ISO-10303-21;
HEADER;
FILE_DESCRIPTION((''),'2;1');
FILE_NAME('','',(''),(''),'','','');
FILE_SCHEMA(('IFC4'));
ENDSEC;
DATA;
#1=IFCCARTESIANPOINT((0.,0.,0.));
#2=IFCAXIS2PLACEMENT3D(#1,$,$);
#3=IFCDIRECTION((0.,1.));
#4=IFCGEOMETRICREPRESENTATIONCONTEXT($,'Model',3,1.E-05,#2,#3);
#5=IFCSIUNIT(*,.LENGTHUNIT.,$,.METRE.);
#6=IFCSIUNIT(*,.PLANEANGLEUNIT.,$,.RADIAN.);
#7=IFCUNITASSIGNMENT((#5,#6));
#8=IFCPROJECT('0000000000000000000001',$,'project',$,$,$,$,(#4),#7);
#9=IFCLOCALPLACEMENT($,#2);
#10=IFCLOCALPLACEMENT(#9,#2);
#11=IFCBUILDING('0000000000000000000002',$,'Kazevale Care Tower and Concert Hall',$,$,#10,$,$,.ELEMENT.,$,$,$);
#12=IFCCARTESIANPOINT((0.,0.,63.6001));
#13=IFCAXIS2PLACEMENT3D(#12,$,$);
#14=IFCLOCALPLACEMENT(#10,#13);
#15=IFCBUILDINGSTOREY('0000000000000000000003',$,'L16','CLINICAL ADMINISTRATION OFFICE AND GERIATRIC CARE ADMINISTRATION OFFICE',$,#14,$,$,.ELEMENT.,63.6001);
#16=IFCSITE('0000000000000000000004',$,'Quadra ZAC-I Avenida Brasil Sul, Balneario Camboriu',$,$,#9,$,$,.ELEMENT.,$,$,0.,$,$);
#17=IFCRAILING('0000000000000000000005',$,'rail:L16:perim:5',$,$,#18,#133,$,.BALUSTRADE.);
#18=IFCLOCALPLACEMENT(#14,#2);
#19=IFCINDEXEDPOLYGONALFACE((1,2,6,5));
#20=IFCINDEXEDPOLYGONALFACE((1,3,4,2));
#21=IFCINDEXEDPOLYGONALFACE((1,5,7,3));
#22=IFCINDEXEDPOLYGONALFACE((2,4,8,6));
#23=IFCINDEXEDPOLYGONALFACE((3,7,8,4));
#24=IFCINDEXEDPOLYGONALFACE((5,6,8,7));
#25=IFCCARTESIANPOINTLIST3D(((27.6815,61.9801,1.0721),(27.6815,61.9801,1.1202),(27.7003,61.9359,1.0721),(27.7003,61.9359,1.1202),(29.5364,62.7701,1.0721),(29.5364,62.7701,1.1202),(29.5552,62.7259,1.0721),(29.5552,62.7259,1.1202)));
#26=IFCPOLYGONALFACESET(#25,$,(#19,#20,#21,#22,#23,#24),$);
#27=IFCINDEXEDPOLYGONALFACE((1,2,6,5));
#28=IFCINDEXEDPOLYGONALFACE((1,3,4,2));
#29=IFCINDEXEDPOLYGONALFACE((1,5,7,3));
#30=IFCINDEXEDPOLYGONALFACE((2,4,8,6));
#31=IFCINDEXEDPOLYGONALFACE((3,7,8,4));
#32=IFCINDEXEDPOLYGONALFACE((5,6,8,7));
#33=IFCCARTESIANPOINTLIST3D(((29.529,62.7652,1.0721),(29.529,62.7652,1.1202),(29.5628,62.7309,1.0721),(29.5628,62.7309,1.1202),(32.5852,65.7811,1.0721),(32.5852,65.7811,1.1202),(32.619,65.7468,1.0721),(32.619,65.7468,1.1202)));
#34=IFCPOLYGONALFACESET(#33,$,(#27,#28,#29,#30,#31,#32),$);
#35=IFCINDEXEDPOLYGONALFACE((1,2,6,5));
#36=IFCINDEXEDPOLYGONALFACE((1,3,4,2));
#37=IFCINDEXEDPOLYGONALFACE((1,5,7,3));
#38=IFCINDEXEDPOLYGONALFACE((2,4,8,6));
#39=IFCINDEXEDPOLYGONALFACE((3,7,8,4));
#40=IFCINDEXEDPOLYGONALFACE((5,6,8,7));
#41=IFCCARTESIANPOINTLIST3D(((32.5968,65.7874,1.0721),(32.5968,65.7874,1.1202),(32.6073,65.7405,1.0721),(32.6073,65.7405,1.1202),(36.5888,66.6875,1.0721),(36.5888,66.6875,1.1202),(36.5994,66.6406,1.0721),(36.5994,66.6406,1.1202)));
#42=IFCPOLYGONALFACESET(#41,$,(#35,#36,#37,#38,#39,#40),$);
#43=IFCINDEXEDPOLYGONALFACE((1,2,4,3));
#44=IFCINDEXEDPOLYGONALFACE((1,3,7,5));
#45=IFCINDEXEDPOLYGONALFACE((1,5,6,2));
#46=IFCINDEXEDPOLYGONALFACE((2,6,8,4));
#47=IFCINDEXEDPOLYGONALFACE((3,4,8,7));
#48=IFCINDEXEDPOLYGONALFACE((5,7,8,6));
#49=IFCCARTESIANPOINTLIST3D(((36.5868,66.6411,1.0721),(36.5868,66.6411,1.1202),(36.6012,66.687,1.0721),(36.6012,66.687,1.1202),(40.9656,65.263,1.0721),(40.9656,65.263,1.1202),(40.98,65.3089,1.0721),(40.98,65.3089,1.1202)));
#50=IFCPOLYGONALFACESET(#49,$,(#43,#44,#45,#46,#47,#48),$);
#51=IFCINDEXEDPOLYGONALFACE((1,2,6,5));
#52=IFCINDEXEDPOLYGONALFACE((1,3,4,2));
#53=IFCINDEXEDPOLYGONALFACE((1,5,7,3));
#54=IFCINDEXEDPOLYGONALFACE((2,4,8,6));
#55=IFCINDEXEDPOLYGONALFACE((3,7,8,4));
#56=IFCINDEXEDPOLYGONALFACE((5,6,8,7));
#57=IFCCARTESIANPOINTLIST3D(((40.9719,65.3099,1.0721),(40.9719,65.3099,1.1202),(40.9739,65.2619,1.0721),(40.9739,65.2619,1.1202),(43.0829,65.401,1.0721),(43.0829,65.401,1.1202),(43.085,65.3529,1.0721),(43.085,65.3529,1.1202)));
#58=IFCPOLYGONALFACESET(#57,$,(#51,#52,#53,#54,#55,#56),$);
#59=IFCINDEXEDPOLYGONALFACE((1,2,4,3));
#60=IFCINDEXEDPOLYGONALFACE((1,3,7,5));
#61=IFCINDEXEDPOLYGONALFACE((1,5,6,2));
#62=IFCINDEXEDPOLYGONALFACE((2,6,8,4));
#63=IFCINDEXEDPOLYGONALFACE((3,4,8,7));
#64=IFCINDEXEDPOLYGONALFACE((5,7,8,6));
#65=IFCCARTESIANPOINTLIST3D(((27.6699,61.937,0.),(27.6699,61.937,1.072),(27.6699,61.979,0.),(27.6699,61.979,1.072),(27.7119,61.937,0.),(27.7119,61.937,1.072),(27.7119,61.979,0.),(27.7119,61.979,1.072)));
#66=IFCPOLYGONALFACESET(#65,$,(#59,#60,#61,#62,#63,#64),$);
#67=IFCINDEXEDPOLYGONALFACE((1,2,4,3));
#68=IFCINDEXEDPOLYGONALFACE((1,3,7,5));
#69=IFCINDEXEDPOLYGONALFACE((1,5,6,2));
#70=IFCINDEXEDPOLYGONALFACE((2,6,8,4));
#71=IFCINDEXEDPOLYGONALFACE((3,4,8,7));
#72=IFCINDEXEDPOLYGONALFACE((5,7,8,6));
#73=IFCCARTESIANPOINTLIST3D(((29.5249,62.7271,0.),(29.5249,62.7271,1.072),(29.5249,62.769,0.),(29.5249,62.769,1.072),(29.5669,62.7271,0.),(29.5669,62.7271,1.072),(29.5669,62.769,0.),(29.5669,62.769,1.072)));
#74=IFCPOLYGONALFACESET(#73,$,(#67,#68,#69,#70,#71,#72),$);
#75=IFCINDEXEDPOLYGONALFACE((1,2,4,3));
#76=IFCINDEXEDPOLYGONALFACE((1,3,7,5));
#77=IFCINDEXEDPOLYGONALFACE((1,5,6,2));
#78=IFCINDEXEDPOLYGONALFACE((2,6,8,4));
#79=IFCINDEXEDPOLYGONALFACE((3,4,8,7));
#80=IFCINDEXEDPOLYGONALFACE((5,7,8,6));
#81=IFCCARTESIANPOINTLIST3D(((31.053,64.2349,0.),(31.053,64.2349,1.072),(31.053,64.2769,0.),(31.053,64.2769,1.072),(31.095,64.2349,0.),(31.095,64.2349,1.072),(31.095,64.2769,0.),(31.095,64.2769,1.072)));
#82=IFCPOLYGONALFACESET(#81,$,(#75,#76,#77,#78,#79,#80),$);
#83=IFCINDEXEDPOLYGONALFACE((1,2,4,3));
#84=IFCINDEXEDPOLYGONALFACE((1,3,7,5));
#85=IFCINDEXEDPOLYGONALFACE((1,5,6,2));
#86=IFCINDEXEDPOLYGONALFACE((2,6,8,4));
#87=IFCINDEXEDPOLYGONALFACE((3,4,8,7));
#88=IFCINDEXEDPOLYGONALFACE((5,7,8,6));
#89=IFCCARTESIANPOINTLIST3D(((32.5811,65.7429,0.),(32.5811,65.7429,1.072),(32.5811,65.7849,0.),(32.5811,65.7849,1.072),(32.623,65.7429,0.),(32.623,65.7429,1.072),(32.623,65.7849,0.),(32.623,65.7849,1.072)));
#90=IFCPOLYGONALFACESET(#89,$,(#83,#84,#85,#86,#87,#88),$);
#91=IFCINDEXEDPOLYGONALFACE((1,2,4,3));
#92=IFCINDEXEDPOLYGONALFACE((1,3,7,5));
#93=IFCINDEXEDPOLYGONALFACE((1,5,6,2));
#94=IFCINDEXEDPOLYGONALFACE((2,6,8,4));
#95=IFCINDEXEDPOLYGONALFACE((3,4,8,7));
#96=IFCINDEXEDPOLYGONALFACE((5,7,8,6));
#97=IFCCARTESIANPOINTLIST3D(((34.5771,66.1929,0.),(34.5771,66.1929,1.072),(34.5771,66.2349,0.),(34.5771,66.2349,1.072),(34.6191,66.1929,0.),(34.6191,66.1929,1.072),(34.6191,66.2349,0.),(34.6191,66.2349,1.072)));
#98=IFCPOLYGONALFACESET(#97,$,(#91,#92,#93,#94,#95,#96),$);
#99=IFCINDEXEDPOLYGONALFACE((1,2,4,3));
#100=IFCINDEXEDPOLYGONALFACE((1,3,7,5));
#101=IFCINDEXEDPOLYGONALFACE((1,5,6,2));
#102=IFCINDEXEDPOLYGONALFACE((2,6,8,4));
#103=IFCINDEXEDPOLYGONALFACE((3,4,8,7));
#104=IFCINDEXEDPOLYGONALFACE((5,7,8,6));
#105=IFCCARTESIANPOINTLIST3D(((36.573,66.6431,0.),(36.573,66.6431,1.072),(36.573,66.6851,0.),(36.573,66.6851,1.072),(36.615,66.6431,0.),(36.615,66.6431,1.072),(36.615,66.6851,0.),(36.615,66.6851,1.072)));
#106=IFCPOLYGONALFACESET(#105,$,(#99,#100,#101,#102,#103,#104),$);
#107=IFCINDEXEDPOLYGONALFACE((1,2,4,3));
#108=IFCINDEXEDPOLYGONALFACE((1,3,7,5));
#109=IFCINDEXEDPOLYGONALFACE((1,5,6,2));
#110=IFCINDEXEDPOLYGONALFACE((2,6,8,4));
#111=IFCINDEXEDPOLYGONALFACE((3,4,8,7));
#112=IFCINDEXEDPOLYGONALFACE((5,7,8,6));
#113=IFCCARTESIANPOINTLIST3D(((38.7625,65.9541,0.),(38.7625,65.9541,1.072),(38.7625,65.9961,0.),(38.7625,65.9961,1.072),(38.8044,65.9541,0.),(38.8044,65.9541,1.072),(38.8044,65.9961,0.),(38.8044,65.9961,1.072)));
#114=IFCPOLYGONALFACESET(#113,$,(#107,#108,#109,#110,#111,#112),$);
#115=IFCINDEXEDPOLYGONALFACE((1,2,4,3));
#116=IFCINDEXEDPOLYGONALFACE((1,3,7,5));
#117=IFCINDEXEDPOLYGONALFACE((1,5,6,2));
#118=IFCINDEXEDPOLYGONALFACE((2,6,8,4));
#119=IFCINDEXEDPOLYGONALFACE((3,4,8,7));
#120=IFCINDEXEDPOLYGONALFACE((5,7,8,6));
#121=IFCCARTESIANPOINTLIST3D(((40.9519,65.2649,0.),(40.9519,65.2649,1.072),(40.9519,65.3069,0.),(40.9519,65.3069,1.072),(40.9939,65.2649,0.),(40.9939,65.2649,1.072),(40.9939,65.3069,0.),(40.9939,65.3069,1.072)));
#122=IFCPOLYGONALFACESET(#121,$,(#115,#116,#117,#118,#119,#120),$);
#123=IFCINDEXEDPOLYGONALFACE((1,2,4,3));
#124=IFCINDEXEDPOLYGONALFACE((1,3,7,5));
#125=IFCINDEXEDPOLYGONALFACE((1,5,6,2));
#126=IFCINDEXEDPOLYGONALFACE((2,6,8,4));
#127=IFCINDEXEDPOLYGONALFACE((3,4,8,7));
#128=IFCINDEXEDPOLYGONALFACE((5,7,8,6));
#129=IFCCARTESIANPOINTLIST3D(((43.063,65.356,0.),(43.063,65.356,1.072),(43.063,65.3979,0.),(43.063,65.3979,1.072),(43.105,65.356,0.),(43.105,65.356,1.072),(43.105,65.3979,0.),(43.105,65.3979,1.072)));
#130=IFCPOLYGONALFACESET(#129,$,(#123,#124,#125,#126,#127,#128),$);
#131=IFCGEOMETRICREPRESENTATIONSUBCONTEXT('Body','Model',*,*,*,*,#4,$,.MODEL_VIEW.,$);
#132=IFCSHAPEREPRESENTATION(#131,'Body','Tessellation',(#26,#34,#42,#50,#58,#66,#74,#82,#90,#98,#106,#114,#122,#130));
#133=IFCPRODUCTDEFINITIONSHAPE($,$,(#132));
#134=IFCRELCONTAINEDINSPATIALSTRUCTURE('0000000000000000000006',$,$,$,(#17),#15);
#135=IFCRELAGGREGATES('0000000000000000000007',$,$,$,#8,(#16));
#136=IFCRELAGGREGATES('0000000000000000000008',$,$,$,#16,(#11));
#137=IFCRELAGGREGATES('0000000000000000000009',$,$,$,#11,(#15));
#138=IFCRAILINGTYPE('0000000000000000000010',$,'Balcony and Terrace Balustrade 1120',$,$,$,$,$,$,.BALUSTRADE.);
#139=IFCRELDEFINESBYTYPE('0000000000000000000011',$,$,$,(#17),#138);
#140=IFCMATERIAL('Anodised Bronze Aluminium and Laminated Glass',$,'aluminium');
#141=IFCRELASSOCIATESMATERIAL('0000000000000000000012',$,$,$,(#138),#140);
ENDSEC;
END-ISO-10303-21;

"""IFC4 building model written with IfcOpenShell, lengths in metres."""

from ifc_helpers import new_model, si_unit, direction, frame, origin, origin_2d, place, context, subcontext, project, spatial, rectangle, extrude, material, type_object, element, save


model = new_model("IFC4")

# Units and contexts
model_context = context("Model", 3, precision=1e-05, world=origin(), true_north=direction((0.0, 1.0)))
body_context = subcontext(model_context, "Body", "Model", "MODEL_VIEW")
ifc_project = project(units=[si_unit("LENGTHUNIT", "METRE"), si_unit("PLANEANGLEUNIT", "RADIAN")], contexts=[model_context])

# Site, building, storey
site_placement = place(None, origin())
site = spatial("IfcSite", under=ifc_project, at=site_placement, Name="Quadra ZAC-I Avenida Brasil Sul, Balneario Camboriu", CompositionType="ELEMENT", RefElevation=0.0)
building_placement = place(site_placement, origin())
building = spatial("IfcBuilding", under=site, at=building_placement, Name="Kazevale Care Tower and Concert Hall", CompositionType="ELEMENT")
storey_placement = place(building_placement, frame((0.0, 0.0, 63.6001)))
storey = spatial("IfcBuildingStorey", under=building, at=storey_placement, Name="L16", Description="CLINICAL ADMINISTRATION OFFICE AND GERIATRIC CARE ADMINISTRATION OFFICE", CompositionType="ELEMENT", Elevation=63.6001)

# Railing
ifc_material_1 = material(Name="Anodised Bronze Aluminium and Laminated Glass", Category="aluminium")
railing_type = type_object("IfcRailingType", Name="Balcony and Terrace Balustrade 1120", PredefinedType="BALUSTRADE", material=ifc_material_1)
railing_1_placement = place(storey_placement, frame((27.6909, 61.958, 0.0)))
element("IfcRailing", 1, at=railing_1_placement, inside=storey, type_object=railing_type, Name="rail:L16:perim:5", PredefinedType="BALUSTRADE", context=body_context, shape_type="SweptSolid", body=[
    extrude(rectangle(XDim=0.0481, YDim=0.0481, at=origin_2d()), frame((0.0, 0.0, 1.0962), z_axis=(0.920032, 0.391843, 0.0), x_axis=(-0.391843, 0.920032, 0.0)), (0.0, 0.0, 1.0), 2.0161),
    extrude(rectangle(XDim=0.0481, YDim=0.0481, at=origin_2d()), frame((1.855, 0.79, 1.0962), z_axis=(0.711782, 0.7024, 0.0), x_axis=(-0.7024, 0.711782, 0.0)), (0.0, 0.0, 1.0), 4.2937),
    extrude(rectangle(XDim=0.0481, YDim=0.0481, at=origin_2d()), frame((4.9111, 3.8059, 1.0962), z_axis=(0.975507, 0.219968, 0.0), x_axis=(-0.219968, 0.975507, 0.0)), (0.0, 0.0, 1.0), 4.0923),
    extrude(rectangle(XDim=0.0481, YDim=0.0481, at=origin_2d()), frame((8.9031, 4.7061, 1.0962), z_axis=(0.953872, -0.300212, 0.0), x_axis=(0.300212, 0.953872, 0.0)), (0.0, 0.0, 1.0), 4.5906),
    extrude(rectangle(XDim=0.0481, YDim=0.0481, at=origin_2d()), frame((13.282, 3.3279, 1.0962), z_axis=(0.999071, 0.043096, 0.0), x_axis=(-0.043096, 0.999071, 0.0)), (0.0, 0.0, 1.0), 2.113),
    extrude(rectangle(XDim=0.042, YDim=0.042, at=origin_2d()), origin(), (0.0, 0.0, 1.0), 1.072),
    extrude(rectangle(XDim=0.042, YDim=0.042, at=origin_2d()), frame((1.855, 0.79, 0.0)), (0.0, 0.0, 1.0), 1.072),
    extrude(rectangle(XDim=0.042, YDim=0.042, at=origin_2d()), frame((3.3831, 2.2979, 0.0)), (0.0, 0.0, 1.0), 1.072),
    extrude(rectangle(XDim=0.042, YDim=0.042, at=origin_2d()), frame((4.9111, 3.8059, 0.0)), (0.0, 0.0, 1.0), 1.072),
    extrude(rectangle(XDim=0.042, YDim=0.042, at=origin_2d()), frame((6.9072, 4.2559, 0.0)), (0.0, 0.0, 1.0), 1.072),
    extrude(rectangle(XDim=0.042, YDim=0.042, at=origin_2d()), frame((8.9031, 4.7061, 0.0)), (0.0, 0.0, 1.0), 1.072),
    extrude(rectangle(XDim=0.042, YDim=0.042, at=origin_2d()), frame((11.0925, 4.0171, 0.0)), (0.0, 0.0, 1.0), 1.072),
    extrude(rectangle(XDim=0.042, YDim=0.042, at=origin_2d()), frame((13.282, 3.3279, 0.0)), (0.0, 0.0, 1.0), 1.072),
    extrude(rectangle(XDim=0.042, YDim=0.042, at=origin_2d()), frame((15.3931, 3.4189, 0.0)), (0.0, 0.0, 1.0), 1.072),
])

save(model, "model.ifc")
